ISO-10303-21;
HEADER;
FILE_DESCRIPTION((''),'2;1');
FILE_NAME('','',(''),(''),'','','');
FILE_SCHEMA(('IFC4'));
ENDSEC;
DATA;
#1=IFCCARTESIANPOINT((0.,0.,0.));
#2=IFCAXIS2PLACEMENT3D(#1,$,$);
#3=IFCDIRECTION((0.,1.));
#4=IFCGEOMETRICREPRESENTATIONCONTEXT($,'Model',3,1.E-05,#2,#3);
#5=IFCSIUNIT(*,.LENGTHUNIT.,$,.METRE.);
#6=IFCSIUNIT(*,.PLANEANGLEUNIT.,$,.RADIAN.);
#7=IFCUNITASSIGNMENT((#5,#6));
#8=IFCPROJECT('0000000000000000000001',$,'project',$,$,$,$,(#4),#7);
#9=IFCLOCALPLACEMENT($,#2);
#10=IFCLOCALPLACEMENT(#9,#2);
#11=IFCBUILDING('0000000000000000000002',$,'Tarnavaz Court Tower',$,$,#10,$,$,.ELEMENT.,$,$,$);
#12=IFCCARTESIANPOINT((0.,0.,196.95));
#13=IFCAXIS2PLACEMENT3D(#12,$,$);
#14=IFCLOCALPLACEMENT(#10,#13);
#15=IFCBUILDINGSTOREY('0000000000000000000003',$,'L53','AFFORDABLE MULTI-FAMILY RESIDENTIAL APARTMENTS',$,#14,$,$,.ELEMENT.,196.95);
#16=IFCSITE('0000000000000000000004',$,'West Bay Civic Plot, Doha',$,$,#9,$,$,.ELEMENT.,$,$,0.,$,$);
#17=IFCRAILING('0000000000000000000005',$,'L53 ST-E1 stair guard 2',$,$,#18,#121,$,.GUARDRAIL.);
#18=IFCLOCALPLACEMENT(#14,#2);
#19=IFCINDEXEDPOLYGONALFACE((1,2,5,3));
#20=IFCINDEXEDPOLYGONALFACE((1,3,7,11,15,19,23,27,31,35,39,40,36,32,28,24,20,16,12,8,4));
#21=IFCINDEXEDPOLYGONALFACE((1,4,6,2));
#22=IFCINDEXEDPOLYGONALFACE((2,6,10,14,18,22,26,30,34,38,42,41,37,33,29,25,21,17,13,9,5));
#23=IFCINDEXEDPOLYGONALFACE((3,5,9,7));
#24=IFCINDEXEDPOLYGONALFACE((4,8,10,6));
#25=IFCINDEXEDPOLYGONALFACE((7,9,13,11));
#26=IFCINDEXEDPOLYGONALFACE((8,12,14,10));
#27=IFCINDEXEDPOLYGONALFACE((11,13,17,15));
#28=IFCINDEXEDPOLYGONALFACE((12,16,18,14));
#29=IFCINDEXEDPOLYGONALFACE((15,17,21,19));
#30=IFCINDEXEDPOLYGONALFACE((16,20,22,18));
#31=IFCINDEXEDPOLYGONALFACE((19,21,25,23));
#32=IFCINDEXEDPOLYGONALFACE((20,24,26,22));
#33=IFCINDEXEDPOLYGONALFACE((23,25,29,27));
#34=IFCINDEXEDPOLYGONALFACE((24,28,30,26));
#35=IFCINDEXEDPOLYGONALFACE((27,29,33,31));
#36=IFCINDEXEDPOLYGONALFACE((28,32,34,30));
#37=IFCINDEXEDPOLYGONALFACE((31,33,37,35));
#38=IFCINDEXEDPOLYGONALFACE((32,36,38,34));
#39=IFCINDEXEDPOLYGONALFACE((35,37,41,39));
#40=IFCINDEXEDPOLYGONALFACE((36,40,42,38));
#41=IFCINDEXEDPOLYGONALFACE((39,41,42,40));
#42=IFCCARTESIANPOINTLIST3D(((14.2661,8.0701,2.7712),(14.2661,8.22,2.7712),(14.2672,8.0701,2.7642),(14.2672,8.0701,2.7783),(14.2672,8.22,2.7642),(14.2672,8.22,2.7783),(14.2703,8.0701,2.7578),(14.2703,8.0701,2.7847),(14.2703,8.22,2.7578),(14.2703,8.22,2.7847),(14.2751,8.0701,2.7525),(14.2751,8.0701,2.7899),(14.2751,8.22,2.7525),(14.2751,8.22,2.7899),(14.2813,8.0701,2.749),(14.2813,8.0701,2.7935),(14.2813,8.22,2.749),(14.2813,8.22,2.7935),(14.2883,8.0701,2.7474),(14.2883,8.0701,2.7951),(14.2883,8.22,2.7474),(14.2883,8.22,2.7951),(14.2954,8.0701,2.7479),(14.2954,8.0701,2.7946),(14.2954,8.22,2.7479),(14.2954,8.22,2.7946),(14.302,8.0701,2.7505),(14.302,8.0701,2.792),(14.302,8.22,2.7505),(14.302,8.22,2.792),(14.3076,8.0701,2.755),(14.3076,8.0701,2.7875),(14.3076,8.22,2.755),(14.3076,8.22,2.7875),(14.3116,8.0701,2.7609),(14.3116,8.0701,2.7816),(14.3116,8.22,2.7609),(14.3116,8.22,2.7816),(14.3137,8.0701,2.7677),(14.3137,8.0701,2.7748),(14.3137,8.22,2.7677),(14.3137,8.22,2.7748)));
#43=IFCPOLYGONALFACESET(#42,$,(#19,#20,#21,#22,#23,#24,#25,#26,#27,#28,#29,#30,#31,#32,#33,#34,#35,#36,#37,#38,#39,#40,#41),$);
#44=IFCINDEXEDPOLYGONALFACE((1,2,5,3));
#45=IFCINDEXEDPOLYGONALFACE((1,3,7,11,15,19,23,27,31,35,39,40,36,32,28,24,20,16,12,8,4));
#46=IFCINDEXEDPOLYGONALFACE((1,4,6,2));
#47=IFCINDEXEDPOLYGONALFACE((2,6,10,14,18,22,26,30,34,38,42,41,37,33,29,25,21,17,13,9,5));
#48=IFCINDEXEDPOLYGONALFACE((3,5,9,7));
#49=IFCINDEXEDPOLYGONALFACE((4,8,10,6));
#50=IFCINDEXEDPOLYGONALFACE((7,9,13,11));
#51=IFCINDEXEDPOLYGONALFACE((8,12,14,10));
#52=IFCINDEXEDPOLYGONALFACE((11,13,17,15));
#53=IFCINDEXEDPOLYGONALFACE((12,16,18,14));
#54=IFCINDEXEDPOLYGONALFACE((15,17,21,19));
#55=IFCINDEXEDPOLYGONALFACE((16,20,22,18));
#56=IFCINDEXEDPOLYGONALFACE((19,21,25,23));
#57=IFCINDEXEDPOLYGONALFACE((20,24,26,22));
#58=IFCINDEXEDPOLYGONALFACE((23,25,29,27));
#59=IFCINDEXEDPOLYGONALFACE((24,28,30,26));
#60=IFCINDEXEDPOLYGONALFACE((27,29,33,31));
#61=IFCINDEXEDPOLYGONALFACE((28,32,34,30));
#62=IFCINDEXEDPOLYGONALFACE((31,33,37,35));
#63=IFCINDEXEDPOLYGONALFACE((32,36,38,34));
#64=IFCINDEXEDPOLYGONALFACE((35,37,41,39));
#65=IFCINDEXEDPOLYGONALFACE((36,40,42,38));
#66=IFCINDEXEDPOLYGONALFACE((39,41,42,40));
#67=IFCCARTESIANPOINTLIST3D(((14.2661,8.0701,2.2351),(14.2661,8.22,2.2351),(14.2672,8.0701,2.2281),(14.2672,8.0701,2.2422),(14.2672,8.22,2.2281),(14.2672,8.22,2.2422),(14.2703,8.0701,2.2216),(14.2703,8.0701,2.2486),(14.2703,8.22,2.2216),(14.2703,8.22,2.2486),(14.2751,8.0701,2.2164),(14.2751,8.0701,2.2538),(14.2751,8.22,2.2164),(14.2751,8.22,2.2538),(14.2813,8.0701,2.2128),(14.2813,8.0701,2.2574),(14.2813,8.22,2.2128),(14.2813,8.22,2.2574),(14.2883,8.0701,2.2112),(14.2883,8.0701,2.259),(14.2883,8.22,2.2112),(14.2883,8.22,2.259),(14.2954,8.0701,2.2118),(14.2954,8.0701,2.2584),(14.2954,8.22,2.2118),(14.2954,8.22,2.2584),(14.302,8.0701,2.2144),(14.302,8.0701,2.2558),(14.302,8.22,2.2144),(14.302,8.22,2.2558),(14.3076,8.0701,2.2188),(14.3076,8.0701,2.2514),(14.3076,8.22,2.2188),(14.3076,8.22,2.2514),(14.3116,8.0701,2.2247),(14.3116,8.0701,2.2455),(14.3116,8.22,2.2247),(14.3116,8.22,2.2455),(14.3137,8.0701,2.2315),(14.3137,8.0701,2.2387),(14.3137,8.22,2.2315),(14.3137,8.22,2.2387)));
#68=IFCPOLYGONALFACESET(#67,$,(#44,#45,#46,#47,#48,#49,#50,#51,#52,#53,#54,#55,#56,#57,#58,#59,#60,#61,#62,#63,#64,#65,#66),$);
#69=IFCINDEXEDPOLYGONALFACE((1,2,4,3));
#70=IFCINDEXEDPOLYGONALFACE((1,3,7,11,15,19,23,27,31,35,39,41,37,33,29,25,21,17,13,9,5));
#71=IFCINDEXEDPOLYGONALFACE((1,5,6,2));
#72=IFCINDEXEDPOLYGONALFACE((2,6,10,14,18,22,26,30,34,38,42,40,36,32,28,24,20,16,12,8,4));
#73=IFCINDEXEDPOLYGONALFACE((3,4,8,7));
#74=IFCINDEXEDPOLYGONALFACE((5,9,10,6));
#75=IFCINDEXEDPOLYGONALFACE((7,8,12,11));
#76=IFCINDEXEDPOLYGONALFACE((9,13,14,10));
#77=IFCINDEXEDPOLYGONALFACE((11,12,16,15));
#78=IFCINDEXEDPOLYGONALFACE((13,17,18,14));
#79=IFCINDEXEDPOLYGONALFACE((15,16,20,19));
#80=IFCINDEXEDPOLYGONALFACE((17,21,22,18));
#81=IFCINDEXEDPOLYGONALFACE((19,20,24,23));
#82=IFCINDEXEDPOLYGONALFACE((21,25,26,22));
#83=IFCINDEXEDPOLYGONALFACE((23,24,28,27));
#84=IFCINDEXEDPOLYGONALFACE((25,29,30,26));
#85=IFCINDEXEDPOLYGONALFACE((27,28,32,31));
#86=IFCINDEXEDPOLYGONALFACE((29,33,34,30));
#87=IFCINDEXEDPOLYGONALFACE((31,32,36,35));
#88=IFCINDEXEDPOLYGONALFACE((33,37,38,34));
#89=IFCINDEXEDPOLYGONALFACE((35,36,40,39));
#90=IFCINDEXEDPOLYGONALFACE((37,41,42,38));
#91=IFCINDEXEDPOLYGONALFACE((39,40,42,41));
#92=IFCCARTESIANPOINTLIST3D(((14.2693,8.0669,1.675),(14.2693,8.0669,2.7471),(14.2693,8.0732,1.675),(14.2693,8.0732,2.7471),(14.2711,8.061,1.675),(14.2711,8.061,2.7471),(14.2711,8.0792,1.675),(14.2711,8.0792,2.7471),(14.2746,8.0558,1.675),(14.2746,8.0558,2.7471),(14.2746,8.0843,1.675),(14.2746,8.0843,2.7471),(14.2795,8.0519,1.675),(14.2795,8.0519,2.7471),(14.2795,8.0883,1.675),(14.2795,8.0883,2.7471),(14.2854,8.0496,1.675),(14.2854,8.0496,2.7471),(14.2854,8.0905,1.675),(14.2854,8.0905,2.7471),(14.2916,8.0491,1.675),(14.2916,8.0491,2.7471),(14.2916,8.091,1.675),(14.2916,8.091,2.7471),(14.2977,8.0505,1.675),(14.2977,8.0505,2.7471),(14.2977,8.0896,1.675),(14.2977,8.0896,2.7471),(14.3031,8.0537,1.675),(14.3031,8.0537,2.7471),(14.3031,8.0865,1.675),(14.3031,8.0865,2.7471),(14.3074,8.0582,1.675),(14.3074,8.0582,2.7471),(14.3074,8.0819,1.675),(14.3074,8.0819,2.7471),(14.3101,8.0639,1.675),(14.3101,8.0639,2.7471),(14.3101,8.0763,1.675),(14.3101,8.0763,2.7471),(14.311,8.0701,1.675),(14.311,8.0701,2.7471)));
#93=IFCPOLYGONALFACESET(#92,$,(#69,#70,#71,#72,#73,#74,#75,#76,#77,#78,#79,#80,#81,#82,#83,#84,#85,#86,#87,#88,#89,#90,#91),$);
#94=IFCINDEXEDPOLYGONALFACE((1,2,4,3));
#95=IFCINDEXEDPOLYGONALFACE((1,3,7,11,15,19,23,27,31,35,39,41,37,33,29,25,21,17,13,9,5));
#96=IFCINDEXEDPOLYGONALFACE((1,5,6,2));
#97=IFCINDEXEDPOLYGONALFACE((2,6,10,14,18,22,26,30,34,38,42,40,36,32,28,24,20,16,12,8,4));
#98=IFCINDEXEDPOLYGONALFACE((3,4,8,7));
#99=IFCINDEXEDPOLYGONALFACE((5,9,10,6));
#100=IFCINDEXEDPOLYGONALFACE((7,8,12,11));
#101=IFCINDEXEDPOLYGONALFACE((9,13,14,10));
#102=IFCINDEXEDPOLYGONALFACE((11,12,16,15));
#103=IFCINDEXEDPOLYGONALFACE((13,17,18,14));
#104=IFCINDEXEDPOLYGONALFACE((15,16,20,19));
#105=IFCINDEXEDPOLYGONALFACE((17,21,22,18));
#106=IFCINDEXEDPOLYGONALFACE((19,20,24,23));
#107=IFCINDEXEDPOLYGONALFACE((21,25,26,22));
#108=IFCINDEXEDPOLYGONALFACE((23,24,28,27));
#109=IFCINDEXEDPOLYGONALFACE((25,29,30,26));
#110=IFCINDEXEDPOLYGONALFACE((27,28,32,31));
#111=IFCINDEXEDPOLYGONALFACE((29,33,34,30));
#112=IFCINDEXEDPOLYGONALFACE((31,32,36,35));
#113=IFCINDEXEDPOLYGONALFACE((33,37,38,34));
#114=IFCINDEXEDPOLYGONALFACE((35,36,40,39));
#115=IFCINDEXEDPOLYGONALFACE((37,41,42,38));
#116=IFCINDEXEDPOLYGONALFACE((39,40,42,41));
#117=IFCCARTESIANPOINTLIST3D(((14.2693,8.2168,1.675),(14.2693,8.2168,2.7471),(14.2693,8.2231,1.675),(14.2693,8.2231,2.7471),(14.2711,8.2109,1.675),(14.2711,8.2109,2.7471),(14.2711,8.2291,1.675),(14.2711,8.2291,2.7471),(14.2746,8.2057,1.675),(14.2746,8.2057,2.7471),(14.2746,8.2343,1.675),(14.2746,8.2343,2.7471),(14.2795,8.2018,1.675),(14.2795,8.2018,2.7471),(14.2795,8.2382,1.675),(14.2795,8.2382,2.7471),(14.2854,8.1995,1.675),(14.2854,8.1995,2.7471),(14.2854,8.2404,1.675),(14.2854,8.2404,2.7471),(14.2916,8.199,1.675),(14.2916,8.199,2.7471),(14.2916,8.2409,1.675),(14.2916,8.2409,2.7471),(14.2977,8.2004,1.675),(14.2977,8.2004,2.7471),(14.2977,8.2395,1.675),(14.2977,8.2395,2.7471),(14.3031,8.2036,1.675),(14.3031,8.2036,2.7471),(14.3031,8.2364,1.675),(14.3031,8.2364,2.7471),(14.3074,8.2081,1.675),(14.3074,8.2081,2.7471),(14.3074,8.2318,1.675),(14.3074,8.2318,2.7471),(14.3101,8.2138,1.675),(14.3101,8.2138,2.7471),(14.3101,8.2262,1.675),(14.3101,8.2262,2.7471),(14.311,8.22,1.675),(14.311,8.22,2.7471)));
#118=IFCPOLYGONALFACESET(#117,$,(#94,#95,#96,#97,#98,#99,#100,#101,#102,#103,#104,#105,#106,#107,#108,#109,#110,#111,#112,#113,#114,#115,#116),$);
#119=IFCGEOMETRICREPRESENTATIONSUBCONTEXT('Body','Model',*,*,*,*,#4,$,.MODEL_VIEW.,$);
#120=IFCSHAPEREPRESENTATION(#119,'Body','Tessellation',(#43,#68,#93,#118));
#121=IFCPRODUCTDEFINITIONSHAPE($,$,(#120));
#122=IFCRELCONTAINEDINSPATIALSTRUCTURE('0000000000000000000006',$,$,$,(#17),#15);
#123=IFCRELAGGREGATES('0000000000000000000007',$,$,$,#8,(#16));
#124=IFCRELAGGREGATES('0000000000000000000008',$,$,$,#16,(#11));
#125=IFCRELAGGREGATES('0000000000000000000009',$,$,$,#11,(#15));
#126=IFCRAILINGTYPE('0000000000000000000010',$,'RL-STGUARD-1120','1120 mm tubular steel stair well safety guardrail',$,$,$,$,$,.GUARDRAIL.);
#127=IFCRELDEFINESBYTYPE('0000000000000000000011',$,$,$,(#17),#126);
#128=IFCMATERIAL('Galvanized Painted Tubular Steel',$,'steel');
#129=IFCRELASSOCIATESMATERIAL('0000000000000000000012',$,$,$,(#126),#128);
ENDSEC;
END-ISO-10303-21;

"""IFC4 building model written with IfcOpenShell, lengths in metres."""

from ifc_helpers import new_model, si_unit, direction, frame, origin, origin_2d, place, context, subcontext, project, spatial, circle, extrude, material, type_object, element, save


model = new_model("IFC4")

# Units and contexts
model_context = context("Model", 3, precision=1e-05, world=origin(), true_north=direction((0.0, 1.0)))
body_context = subcontext(model_context, "Body", "Model", "MODEL_VIEW")
ifc_project = project(units=[si_unit("LENGTHUNIT", "METRE"), si_unit("PLANEANGLEUNIT", "RADIAN")], contexts=[model_context])

# Site, building, storey
site_placement = place(None, origin())
site = spatial("IfcSite", under=ifc_project, at=site_placement, Name="West Bay Civic Plot, Doha", CompositionType="ELEMENT", RefElevation=0.0)
building_placement = place(site_placement, origin())
building = spatial("IfcBuilding", under=site, at=building_placement, Name="Tarnavaz Court Tower", CompositionType="ELEMENT")
storey_placement = place(building_placement, frame((0.0, 0.0, 196.95)))
storey = spatial("IfcBuildingStorey", under=building, at=storey_placement, Name="L53", Description="AFFORDABLE MULTI-FAMILY RESIDENTIAL APARTMENTS", CompositionType="ELEMENT", Elevation=196.95)

# Railing
ifc_material_1 = material(Name="Galvanized Painted Tubular Steel", Category="steel")
railing_type_1 = type_object("IfcRailingType", Name="RL-STGUARD-1120", Description="1120 mm tubular steel stair well safety guardrail", PredefinedType="GUARDRAIL", material=ifc_material_1)
railing_1_placement = place(storey_placement, frame((14.29, 8.0701, 1.675)))
element("IfcRailing", 1, at=railing_1_placement, inside=storey, type_object=railing_type_1, Name="L53 ST-E1 stair guard 2", PredefinedType="GUARDRAIL", context=body_context, shape_type="SweptSolid", body=[
    extrude(circle(Radius=0.0239, at=origin_2d()), frame((0.0, 0.0, 1.0962), z_axis=(0.0, 1.0, 0.0), x_axis=(-1.0, 0.0, 0.0)), (0.0, 0.0, 1.0), 0.1499),
    extrude(circle(Radius=0.0239, at=origin_2d()), frame((0.0, 0.0, 0.5601), z_axis=(0.0, 1.0, 0.0), x_axis=(-1.0, 0.0, 0.0)), (0.0, 0.0, 1.0), 0.1499),
    extrude(circle(Radius=0.021, at=origin_2d()), origin(), (0.0, 0.0, 1.0), 1.072),
    extrude(circle(Radius=0.021, at=origin_2d()), frame((0.0, 0.1499, 0.0)), (0.0, 0.0, 1.0), 1.072),
])

save(model, "model.ifc")
